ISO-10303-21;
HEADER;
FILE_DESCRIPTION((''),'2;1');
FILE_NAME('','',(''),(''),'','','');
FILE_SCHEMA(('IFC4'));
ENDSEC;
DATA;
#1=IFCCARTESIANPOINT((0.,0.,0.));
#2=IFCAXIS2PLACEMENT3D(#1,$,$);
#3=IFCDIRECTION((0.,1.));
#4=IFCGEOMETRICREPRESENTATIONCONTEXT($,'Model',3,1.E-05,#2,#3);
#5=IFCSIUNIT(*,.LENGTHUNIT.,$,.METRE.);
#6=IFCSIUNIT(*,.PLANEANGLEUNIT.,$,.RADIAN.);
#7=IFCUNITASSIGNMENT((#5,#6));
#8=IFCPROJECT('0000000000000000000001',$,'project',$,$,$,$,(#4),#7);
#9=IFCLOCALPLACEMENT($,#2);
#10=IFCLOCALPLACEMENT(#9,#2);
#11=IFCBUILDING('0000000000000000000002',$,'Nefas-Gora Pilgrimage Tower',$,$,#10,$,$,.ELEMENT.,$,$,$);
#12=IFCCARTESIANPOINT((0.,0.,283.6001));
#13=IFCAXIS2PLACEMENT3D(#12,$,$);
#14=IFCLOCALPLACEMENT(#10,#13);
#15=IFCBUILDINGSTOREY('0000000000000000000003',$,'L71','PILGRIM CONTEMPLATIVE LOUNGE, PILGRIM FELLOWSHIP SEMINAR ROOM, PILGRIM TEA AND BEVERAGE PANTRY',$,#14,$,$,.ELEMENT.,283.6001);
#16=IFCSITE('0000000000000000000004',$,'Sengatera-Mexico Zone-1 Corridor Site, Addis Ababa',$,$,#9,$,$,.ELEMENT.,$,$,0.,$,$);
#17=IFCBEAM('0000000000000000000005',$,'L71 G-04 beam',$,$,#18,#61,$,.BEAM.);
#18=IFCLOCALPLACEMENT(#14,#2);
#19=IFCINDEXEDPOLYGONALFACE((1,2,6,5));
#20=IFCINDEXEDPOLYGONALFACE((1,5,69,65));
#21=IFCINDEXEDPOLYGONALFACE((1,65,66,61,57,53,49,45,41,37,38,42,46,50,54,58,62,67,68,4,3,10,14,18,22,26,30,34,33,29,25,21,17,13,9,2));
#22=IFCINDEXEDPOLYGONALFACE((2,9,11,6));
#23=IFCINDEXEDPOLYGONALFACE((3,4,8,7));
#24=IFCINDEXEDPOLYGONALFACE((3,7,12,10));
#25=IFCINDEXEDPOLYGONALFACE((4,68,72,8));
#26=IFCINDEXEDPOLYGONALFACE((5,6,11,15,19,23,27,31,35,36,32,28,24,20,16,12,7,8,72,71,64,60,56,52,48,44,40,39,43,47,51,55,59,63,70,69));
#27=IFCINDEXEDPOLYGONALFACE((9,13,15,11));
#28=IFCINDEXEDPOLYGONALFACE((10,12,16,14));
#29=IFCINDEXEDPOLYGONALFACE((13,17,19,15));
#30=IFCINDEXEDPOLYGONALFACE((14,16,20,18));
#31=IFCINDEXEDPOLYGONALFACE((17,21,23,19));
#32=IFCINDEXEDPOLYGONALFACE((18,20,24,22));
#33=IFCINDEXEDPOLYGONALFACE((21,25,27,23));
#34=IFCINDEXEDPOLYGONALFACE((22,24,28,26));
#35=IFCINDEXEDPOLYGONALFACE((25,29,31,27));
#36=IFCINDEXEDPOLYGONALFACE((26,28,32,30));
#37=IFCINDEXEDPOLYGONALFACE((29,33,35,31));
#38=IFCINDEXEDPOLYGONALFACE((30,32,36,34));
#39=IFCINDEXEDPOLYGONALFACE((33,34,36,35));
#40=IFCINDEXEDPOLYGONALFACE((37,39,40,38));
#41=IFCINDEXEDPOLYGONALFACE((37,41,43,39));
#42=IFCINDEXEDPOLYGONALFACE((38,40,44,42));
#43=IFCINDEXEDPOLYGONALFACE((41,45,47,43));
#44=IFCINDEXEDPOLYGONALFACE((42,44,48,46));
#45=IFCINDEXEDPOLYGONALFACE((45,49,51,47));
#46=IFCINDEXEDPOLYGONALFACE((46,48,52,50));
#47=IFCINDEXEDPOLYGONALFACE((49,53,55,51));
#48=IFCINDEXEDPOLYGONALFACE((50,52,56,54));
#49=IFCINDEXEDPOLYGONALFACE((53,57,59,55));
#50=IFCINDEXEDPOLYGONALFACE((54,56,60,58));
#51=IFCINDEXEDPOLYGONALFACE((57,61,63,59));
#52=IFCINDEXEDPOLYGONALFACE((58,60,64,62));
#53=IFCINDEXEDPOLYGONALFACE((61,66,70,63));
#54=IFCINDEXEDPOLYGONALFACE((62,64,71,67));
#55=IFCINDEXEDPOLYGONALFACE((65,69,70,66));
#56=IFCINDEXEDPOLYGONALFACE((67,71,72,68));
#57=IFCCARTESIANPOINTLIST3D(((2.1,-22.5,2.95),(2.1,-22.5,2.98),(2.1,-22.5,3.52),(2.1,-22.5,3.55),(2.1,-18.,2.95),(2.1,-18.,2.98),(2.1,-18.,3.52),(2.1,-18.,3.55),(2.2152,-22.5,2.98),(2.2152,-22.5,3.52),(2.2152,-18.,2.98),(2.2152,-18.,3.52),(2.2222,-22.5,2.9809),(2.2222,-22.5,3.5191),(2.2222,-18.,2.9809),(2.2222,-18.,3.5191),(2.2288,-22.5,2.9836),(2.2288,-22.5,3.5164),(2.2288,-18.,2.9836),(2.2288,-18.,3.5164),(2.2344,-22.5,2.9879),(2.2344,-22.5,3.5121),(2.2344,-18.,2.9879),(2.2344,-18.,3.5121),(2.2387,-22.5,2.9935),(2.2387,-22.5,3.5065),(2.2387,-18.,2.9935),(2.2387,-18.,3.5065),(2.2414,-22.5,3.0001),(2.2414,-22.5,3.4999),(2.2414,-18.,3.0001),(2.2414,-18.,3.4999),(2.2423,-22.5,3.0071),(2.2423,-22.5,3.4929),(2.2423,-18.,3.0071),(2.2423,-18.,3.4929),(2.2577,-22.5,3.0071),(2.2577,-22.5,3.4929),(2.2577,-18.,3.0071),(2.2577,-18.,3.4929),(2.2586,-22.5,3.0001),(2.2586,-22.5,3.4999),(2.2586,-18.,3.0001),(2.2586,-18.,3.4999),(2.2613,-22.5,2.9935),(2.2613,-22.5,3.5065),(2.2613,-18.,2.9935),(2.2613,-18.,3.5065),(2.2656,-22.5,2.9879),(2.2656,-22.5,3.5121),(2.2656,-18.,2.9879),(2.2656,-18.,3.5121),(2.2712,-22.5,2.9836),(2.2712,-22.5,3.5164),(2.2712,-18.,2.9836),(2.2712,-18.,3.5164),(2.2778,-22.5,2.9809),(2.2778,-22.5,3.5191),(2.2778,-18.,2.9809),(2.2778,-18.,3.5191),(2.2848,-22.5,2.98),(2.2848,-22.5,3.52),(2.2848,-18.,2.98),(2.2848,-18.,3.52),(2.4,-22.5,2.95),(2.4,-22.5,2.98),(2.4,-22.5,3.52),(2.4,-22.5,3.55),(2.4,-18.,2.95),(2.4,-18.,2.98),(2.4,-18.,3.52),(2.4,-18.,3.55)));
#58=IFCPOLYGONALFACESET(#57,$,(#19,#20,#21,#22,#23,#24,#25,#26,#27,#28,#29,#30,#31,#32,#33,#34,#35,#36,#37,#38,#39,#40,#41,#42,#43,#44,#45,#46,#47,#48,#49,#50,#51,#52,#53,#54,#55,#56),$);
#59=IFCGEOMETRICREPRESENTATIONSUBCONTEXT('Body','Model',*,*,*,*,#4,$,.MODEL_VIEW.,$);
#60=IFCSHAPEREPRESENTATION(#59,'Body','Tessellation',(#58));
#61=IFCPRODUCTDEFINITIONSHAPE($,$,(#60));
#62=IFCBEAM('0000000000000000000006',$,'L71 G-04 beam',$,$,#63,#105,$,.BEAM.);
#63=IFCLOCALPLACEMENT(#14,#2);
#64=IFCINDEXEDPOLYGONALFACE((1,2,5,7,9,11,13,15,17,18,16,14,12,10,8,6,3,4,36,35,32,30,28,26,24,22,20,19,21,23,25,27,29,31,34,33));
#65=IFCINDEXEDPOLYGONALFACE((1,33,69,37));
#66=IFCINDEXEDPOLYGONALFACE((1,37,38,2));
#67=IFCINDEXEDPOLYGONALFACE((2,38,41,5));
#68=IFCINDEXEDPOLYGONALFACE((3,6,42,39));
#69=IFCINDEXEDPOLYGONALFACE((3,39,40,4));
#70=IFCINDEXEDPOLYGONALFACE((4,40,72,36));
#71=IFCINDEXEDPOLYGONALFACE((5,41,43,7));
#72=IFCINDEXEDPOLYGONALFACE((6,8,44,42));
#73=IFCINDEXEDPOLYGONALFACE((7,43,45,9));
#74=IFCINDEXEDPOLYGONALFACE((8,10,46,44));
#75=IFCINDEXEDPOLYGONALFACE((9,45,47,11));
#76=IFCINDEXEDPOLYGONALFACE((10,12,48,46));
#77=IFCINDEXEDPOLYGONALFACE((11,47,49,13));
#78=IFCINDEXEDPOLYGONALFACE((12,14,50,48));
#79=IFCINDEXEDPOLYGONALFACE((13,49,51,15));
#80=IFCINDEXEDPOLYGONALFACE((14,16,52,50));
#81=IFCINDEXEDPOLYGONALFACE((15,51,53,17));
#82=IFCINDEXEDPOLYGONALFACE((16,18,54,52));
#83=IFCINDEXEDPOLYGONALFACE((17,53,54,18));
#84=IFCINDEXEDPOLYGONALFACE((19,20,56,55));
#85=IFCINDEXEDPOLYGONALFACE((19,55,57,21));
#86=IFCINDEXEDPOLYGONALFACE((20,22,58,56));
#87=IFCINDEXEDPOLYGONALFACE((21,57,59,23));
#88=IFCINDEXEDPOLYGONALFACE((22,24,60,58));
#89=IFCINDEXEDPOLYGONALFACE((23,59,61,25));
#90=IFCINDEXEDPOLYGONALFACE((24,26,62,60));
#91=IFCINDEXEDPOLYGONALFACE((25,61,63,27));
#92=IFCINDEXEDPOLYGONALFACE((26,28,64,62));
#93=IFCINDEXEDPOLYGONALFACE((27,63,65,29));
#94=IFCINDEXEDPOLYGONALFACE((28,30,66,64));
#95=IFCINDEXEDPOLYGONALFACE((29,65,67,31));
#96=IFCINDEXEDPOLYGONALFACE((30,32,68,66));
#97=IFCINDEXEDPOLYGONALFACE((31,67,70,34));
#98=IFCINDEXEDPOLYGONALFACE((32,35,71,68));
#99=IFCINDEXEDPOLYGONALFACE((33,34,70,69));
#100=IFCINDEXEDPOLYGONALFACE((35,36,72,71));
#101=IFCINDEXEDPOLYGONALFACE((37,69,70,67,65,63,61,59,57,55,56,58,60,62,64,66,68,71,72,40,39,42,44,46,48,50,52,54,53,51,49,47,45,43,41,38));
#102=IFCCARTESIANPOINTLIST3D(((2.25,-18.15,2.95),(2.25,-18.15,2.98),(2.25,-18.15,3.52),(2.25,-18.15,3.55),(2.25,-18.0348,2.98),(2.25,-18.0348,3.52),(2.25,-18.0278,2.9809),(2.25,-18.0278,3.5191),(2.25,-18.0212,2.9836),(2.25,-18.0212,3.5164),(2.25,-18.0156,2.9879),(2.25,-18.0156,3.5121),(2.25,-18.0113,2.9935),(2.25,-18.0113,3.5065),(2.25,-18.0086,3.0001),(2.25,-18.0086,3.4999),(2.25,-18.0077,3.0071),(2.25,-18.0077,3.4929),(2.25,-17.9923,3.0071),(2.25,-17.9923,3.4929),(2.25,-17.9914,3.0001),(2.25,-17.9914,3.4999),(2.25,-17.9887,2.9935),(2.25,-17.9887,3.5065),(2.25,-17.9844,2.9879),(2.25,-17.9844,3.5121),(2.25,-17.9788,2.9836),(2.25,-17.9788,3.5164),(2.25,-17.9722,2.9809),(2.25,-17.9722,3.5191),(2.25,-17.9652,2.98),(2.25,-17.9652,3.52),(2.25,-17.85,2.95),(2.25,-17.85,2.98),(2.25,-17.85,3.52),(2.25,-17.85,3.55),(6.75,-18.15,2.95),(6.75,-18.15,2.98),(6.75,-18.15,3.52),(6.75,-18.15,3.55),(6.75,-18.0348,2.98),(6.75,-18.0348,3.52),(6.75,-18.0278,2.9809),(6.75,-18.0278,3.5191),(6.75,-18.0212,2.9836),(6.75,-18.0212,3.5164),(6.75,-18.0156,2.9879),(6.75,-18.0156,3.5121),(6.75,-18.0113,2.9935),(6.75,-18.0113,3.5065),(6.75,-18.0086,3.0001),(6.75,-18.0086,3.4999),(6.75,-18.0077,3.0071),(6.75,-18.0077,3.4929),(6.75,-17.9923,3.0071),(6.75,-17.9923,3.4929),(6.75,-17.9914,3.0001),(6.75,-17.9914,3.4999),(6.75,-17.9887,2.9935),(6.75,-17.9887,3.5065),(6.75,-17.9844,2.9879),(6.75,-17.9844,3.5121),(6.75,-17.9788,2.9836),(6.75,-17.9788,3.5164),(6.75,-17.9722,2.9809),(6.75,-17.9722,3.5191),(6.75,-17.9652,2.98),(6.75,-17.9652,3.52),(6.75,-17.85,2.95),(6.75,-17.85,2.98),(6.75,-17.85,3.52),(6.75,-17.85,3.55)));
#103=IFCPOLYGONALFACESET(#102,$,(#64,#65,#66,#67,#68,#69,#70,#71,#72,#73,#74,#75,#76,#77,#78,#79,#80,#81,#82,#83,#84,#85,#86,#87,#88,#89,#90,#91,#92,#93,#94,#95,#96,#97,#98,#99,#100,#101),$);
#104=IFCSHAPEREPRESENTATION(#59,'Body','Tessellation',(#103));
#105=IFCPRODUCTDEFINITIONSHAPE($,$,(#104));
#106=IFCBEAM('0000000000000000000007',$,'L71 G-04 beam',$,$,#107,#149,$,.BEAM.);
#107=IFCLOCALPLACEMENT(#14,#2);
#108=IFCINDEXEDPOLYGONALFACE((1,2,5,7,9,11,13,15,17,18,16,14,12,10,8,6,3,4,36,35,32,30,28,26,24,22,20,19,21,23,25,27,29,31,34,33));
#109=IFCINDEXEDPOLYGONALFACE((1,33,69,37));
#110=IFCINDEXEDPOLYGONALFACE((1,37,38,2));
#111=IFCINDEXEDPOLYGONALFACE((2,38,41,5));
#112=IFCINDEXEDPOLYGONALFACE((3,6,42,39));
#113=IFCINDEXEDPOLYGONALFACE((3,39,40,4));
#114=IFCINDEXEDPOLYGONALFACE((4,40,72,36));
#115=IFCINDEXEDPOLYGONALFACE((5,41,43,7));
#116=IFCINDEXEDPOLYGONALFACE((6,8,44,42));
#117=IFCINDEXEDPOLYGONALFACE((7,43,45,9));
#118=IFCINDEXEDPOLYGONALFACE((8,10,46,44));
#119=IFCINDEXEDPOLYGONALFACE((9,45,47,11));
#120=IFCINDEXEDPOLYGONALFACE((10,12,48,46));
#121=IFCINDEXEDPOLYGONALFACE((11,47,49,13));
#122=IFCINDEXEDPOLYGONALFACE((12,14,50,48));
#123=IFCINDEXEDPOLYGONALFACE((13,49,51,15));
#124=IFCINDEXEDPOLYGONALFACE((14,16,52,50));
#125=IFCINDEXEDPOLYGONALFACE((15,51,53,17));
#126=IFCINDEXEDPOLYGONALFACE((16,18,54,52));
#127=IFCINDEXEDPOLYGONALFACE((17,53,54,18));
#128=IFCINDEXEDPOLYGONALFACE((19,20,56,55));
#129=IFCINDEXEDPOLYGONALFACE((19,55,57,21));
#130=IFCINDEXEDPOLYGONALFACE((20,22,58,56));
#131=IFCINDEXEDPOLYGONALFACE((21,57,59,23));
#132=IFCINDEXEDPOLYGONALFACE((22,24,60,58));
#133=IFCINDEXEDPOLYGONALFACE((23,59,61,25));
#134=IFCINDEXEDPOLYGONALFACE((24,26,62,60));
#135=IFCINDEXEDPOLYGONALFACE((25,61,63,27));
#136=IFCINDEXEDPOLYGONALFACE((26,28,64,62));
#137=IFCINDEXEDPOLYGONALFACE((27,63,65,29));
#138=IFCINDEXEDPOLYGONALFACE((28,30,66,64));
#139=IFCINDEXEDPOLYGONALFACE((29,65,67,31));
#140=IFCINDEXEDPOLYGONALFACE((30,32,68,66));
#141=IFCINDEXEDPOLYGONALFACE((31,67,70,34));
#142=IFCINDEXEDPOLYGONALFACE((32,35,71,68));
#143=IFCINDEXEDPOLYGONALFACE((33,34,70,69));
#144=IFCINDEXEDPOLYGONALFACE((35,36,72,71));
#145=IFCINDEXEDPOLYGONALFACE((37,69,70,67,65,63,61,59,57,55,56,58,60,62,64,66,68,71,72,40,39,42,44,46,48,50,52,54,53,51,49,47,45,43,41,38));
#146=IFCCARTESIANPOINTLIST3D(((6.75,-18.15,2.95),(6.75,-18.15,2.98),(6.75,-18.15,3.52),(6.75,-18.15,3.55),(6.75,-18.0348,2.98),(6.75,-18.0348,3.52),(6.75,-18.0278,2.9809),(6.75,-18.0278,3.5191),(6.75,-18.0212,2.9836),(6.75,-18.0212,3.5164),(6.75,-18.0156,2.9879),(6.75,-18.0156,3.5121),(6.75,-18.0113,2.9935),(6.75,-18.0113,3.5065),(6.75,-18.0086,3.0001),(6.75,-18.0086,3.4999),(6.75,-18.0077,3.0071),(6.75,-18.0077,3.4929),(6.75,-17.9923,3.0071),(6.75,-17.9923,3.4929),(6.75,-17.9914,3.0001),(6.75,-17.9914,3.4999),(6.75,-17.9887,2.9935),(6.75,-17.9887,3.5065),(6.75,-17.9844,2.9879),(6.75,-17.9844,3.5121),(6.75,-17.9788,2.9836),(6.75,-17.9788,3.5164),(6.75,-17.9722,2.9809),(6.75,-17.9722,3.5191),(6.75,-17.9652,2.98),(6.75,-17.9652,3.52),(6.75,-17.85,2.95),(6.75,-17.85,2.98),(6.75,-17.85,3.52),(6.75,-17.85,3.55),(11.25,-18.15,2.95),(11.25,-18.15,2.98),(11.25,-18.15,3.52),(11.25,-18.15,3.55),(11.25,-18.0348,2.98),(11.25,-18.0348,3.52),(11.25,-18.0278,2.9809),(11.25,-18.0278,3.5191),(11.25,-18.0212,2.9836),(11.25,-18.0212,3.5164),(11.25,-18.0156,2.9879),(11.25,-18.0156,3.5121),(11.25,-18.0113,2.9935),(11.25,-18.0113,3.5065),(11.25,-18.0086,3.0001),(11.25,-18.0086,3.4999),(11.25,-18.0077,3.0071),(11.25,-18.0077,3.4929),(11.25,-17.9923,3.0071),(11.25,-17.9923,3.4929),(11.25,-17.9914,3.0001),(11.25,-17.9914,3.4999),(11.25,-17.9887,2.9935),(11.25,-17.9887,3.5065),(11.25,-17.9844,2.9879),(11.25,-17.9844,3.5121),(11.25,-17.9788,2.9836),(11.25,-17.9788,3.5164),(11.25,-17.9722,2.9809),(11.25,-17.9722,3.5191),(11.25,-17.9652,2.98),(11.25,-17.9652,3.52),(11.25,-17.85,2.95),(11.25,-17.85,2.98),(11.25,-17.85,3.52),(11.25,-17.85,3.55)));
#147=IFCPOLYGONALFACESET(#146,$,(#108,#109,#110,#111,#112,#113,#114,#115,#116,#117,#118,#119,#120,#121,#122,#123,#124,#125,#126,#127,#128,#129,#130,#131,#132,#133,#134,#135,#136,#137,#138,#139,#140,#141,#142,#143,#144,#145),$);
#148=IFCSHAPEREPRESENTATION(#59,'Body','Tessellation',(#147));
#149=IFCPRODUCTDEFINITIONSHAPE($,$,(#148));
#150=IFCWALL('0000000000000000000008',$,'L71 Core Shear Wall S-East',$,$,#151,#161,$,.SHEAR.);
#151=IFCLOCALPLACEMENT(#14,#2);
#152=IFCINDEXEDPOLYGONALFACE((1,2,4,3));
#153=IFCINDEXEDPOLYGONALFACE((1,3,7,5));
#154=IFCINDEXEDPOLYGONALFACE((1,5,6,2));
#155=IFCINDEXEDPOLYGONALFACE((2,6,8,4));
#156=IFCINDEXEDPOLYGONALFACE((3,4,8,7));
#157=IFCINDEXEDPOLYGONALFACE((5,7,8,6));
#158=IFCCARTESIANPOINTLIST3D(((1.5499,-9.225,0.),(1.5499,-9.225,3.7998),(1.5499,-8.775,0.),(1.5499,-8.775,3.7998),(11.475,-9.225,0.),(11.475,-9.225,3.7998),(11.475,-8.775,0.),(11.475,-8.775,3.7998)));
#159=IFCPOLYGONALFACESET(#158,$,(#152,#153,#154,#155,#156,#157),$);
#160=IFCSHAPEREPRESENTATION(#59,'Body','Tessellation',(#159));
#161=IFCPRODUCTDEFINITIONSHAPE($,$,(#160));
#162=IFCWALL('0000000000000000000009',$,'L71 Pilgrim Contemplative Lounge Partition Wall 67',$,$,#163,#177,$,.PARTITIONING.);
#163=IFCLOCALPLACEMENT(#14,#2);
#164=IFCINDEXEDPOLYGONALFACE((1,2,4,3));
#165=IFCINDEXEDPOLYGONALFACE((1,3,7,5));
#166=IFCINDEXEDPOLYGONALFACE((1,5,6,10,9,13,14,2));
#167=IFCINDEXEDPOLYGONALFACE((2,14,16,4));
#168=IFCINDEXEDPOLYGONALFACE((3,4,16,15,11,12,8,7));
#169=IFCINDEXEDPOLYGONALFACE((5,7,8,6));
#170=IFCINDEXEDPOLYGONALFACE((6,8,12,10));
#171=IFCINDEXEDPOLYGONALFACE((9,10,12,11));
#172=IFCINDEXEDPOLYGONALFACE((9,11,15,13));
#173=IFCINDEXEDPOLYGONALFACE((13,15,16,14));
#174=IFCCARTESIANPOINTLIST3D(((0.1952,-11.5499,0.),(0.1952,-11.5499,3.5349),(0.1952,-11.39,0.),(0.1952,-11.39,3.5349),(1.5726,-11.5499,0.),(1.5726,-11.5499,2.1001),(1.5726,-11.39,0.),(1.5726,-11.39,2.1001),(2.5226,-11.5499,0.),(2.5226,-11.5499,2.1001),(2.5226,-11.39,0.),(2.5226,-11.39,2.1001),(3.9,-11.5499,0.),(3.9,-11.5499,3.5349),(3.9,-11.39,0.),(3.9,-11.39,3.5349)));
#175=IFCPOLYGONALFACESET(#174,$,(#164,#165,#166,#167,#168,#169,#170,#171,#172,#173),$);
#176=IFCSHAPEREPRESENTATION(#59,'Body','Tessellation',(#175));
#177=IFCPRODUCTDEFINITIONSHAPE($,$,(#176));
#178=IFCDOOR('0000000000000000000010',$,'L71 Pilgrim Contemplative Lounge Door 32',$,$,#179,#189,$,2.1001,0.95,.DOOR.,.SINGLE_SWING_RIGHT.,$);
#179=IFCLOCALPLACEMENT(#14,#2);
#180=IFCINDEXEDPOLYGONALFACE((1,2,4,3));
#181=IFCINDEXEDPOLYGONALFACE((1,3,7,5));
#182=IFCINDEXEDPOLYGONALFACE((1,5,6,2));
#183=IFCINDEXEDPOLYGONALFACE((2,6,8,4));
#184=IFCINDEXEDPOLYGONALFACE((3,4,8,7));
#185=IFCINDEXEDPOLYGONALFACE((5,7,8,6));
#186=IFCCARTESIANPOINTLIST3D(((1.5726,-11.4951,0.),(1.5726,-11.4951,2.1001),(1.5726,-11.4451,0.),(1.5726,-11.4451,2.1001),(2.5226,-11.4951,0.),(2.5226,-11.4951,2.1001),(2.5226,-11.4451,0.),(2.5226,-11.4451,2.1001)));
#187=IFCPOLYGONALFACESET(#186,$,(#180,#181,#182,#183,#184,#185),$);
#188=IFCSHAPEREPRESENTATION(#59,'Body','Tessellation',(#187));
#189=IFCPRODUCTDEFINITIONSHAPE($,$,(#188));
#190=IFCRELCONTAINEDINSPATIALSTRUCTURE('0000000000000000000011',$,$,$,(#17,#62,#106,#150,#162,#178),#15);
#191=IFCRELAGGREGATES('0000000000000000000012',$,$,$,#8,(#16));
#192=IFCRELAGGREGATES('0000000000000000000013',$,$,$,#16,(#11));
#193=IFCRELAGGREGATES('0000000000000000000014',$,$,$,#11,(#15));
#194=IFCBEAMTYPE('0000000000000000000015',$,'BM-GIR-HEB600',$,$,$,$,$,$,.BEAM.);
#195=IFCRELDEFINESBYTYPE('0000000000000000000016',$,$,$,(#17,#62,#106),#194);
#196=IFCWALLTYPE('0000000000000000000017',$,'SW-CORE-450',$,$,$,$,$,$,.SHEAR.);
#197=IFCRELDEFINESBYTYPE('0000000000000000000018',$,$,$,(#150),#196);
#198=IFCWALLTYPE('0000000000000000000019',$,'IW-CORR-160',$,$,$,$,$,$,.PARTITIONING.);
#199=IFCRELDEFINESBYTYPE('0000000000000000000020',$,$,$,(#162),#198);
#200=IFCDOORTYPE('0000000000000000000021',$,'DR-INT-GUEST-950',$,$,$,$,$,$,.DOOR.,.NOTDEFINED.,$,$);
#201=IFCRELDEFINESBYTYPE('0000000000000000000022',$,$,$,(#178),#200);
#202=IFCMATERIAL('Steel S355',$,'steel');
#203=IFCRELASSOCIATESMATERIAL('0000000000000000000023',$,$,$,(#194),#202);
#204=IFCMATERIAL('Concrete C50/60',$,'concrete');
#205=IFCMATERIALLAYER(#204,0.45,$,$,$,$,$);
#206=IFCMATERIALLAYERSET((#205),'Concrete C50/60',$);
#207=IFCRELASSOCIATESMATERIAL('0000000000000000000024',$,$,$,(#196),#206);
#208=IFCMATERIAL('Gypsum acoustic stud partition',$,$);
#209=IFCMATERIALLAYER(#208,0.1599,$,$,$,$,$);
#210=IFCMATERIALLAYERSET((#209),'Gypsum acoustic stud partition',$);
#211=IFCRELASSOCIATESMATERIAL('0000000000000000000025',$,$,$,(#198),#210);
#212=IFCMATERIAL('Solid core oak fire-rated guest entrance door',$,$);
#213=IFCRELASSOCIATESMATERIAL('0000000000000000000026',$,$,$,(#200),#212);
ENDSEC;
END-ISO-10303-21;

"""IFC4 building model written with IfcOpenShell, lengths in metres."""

from ifc_helpers import new_model, si_unit, direction, frame, frame_2d, origin, origin_2d, place, context, subcontext, project, spatial, rectangle, i_section, extrude, source, transform, mapped, material, layer, layer_set, material_profile, profile_set, type_object, element, fill, save


model = new_model("IFC4")

# Units and contexts
model_context = context("Model", 3, precision=1e-05, world=origin(), true_north=direction((0.0, 1.0)))
body_context = subcontext(model_context, "Body", "Model", "MODEL_VIEW")
ifc_project = project(units=[si_unit("LENGTHUNIT", "METRE"), si_unit("PLANEANGLEUNIT", "RADIAN")], contexts=[model_context])

# Site, building, storey
site_placement = place(None, origin())
site = spatial("IfcSite", under=ifc_project, at=site_placement, Name="Sengatera-Mexico Zone-1 Corridor Site, Addis Ababa", CompositionType="ELEMENT", RefElevation=0.0)
building_placement = place(site_placement, origin())
building = spatial("IfcBuilding", under=site, at=building_placement, Name="Nefas-Gora Pilgrimage Tower", CompositionType="ELEMENT")
storey_placement = place(building_placement, frame((0.0, 0.0, 283.6001)))
storey = spatial("IfcBuildingStorey", under=building, at=storey_placement, Name="L71", Description="PILGRIM CONTEMPLATIVE LOUNGE, PILGRIM FELLOWSHIP SEMINAR ROOM, PILGRIM TEA AND BEVERAGE PANTRY", CompositionType="ELEMENT", Elevation=283.6001)

# Shared definitions
ifc_material_1 = material(Name="Steel S355", Category="steel")

# Beams
ifc_material_profile_1 = material_profile(ifc_material_1, i_section(OverallWidth=0.3, OverallDepth=0.6001, WebThickness=0.0154, FlangeThickness=0.03, FilletRadius=0.0271, at=origin_2d()), Name="HEB 600")
ifc_profile_set_1 = profile_set([ifc_material_profile_1], Name="Steel S355")
beam_type = type_object("IfcBeamType", Name="BM-GIR-HEB600", PredefinedType="BEAM", material=ifc_profile_set_1)
shared_shape_1 = source(origin(), body_context, "Body", "SweptSolid", [
    extrude(i_section(OverallWidth=0.3, OverallDepth=0.6001, WebThickness=0.0154, FlangeThickness=0.03, FilletRadius=0.0271, at=origin_2d()), origin(), (0.0, 0.0, 1.0), 4.5),
])
for number, where, z_axis, x_axis, name in (
    (1, (2.25, -22.5, 3.25), (0.0, 1.0, 0.0), (-1.0, 0.0, 0.0), "L71 G-04 beam"),
    (2, (2.25, -18.0, 3.25), (1.0, 0.0, 0.0), (0.0, 1.0, 0.0), "L71 G-04 beam"),
    (3, (6.75, -18.0, 3.25), (1.0, 0.0, 0.0), (0.0, 1.0, 0.0), "L71 G-04 beam"),
):
    element("IfcBeam", number, at=place(storey_placement, frame(where, z_axis=z_axis, x_axis=x_axis)), inside=storey, type_object=beam_type, Name=name, PredefinedType="BEAM", context=body_context, shape_type="MappedRepresentation", body=[
        mapped(shared_shape_1, transform((0.0, 0.0, 0.0), x_axis=(1.0, 0.0, 0.0), y_axis=(0.0, 1.0, 0.0), z_axis=(0.0, 0.0, 1.0), scale=1.0)),
    ])

# Wall
ifc_material_2 = material(Name="Concrete C50/60", Category="concrete")
ifc_layer_1 = layer(ifc_material_2, 0.45)
ifc_layer_set_1 = layer_set([ifc_layer_1], Name="Concrete C50/60")
wall_type_1 = type_object("IfcWallType", Name="SW-CORE-450", PredefinedType="SHEAR", material=ifc_layer_set_1)
shared_shape_2 = source(origin(), body_context, "Body", "SweptSolid", [
    extrude(rectangle(XDim=9.925, YDim=0.45, at=frame_2d((4.9624, 0.0))), origin(), (0.0, 0.0, 1.0), 3.7998),
])
wall_1_placement = place(storey_placement, frame((1.55, -9.0, 0.0), z_axis=(0.0, 0.0, 1.0), x_axis=(1.0, 0.0, 0.0)))
element("IfcWall", 4, at=wall_1_placement, inside=storey, type_object=wall_type_1, Name="L71 Core Shear Wall S-East", PredefinedType="SHEAR", context=body_context, shape_type="MappedRepresentation", body=[
    mapped(shared_shape_2, transform((0.0, 0.0, 0.0), x_axis=(1.0, 0.0, 0.0), y_axis=(0.0, 1.0, 0.0), z_axis=(0.0, 0.0, 1.0), scale=1.0)),
])

# Wall, opening, door
ifc_material_3 = material(Name="Gypsum acoustic stud partition")
ifc_layer_2 = layer(ifc_material_3, 0.1599)
ifc_layer_set_2 = layer_set([ifc_layer_2], Name="Gypsum acoustic stud partition")
wall_type_2 = type_object("IfcWallType", Name="IW-CORR-160", PredefinedType="PARTITIONING", material=ifc_layer_set_2)
shared_shape_3 = source(origin(), body_context, "Body", "SweptSolid", [
    extrude(rectangle(XDim=3.7048, YDim=0.1599, at=frame_2d((1.8525, 0.0))), origin(), (0.0, 0.0, 1.0), 3.5349),
])
wall_2_placement = place(storey_placement, frame((0.1951, -11.47, 0.0), z_axis=(0.0, 0.0, 1.0), x_axis=(1.0, 0.0, 0.0)))
wall_2 = element("IfcWall", 5, at=wall_2_placement, inside=storey, type_object=wall_type_2, Name="L71 Pilgrim Contemplative Lounge Partition Wall 67", PredefinedType="PARTITIONING", context=body_context, shape_type="MappedRepresentation", body=[
    mapped(shared_shape_3, transform((0.0, 0.0, 0.0), x_axis=(1.0, 0.0, 0.0), y_axis=(0.0, 1.0, 0.0), z_axis=(0.0, 0.0, 1.0), scale=1.0)),
])
opening_1_placement = place(wall_2_placement, frame((1.3774, 0.0, 0.0)))
opening_1 = element("IfcOpeningElement", 6, at=opening_1_placement, cuts=wall_2, PredefinedType="OPENING", context=body_context, shape_type="SweptSolid", body=[
    extrude(rectangle(XDim=0.95, YDim=2.1001, at=frame_2d((0.4751, 1.05))), frame((0.0, 0.0898, 0.0), z_axis=(0.0, -1.0, 0.0), x_axis=(1.0, 0.0, 0.0)), (0.0, 0.0, 1.0), 0.1799),
])
ifc_material_4 = material(Name="Solid core oak fire-rated guest entrance door")
door_type_1 = type_object("IfcDoorType", Name="DR-INT-GUEST-950", OperationType="NOTDEFINED", PredefinedType="DOOR", material=ifc_material_4)
shared_shape_4 = source(origin(), body_context, "Body", "SweptSolid", [
    extrude(rectangle(XDim=0.95, YDim=2.1001, at=frame_2d((0.4751, 1.05))), frame((0.0, 0.0249, 0.0), z_axis=(0.0, -1.0, 0.0), x_axis=(1.0, 0.0, 0.0)), (0.0, 0.0, 1.0), 0.05),
])
door_1_placement = place(opening_1_placement, origin())
door_1 = element("IfcDoor", 7, at=door_1_placement, inside=storey, type_object=door_type_1, Name="L71 Pilgrim Contemplative Lounge Door 32", OperationType="SINGLE_SWING_RIGHT", OverallHeight=2.1001, OverallWidth=0.95, PredefinedType="DOOR", context=body_context, shape_type="MappedRepresentation", body=[
    mapped(shared_shape_4, transform((0.0, 0.0, 0.0), x_axis=(1.0, 0.0, 0.0), y_axis=(0.0, 1.0, 0.0), z_axis=(0.0, 0.0, 1.0), scale=1.0)),
])
fill(opening_1, door_1)

save(model, "model.ifc")
